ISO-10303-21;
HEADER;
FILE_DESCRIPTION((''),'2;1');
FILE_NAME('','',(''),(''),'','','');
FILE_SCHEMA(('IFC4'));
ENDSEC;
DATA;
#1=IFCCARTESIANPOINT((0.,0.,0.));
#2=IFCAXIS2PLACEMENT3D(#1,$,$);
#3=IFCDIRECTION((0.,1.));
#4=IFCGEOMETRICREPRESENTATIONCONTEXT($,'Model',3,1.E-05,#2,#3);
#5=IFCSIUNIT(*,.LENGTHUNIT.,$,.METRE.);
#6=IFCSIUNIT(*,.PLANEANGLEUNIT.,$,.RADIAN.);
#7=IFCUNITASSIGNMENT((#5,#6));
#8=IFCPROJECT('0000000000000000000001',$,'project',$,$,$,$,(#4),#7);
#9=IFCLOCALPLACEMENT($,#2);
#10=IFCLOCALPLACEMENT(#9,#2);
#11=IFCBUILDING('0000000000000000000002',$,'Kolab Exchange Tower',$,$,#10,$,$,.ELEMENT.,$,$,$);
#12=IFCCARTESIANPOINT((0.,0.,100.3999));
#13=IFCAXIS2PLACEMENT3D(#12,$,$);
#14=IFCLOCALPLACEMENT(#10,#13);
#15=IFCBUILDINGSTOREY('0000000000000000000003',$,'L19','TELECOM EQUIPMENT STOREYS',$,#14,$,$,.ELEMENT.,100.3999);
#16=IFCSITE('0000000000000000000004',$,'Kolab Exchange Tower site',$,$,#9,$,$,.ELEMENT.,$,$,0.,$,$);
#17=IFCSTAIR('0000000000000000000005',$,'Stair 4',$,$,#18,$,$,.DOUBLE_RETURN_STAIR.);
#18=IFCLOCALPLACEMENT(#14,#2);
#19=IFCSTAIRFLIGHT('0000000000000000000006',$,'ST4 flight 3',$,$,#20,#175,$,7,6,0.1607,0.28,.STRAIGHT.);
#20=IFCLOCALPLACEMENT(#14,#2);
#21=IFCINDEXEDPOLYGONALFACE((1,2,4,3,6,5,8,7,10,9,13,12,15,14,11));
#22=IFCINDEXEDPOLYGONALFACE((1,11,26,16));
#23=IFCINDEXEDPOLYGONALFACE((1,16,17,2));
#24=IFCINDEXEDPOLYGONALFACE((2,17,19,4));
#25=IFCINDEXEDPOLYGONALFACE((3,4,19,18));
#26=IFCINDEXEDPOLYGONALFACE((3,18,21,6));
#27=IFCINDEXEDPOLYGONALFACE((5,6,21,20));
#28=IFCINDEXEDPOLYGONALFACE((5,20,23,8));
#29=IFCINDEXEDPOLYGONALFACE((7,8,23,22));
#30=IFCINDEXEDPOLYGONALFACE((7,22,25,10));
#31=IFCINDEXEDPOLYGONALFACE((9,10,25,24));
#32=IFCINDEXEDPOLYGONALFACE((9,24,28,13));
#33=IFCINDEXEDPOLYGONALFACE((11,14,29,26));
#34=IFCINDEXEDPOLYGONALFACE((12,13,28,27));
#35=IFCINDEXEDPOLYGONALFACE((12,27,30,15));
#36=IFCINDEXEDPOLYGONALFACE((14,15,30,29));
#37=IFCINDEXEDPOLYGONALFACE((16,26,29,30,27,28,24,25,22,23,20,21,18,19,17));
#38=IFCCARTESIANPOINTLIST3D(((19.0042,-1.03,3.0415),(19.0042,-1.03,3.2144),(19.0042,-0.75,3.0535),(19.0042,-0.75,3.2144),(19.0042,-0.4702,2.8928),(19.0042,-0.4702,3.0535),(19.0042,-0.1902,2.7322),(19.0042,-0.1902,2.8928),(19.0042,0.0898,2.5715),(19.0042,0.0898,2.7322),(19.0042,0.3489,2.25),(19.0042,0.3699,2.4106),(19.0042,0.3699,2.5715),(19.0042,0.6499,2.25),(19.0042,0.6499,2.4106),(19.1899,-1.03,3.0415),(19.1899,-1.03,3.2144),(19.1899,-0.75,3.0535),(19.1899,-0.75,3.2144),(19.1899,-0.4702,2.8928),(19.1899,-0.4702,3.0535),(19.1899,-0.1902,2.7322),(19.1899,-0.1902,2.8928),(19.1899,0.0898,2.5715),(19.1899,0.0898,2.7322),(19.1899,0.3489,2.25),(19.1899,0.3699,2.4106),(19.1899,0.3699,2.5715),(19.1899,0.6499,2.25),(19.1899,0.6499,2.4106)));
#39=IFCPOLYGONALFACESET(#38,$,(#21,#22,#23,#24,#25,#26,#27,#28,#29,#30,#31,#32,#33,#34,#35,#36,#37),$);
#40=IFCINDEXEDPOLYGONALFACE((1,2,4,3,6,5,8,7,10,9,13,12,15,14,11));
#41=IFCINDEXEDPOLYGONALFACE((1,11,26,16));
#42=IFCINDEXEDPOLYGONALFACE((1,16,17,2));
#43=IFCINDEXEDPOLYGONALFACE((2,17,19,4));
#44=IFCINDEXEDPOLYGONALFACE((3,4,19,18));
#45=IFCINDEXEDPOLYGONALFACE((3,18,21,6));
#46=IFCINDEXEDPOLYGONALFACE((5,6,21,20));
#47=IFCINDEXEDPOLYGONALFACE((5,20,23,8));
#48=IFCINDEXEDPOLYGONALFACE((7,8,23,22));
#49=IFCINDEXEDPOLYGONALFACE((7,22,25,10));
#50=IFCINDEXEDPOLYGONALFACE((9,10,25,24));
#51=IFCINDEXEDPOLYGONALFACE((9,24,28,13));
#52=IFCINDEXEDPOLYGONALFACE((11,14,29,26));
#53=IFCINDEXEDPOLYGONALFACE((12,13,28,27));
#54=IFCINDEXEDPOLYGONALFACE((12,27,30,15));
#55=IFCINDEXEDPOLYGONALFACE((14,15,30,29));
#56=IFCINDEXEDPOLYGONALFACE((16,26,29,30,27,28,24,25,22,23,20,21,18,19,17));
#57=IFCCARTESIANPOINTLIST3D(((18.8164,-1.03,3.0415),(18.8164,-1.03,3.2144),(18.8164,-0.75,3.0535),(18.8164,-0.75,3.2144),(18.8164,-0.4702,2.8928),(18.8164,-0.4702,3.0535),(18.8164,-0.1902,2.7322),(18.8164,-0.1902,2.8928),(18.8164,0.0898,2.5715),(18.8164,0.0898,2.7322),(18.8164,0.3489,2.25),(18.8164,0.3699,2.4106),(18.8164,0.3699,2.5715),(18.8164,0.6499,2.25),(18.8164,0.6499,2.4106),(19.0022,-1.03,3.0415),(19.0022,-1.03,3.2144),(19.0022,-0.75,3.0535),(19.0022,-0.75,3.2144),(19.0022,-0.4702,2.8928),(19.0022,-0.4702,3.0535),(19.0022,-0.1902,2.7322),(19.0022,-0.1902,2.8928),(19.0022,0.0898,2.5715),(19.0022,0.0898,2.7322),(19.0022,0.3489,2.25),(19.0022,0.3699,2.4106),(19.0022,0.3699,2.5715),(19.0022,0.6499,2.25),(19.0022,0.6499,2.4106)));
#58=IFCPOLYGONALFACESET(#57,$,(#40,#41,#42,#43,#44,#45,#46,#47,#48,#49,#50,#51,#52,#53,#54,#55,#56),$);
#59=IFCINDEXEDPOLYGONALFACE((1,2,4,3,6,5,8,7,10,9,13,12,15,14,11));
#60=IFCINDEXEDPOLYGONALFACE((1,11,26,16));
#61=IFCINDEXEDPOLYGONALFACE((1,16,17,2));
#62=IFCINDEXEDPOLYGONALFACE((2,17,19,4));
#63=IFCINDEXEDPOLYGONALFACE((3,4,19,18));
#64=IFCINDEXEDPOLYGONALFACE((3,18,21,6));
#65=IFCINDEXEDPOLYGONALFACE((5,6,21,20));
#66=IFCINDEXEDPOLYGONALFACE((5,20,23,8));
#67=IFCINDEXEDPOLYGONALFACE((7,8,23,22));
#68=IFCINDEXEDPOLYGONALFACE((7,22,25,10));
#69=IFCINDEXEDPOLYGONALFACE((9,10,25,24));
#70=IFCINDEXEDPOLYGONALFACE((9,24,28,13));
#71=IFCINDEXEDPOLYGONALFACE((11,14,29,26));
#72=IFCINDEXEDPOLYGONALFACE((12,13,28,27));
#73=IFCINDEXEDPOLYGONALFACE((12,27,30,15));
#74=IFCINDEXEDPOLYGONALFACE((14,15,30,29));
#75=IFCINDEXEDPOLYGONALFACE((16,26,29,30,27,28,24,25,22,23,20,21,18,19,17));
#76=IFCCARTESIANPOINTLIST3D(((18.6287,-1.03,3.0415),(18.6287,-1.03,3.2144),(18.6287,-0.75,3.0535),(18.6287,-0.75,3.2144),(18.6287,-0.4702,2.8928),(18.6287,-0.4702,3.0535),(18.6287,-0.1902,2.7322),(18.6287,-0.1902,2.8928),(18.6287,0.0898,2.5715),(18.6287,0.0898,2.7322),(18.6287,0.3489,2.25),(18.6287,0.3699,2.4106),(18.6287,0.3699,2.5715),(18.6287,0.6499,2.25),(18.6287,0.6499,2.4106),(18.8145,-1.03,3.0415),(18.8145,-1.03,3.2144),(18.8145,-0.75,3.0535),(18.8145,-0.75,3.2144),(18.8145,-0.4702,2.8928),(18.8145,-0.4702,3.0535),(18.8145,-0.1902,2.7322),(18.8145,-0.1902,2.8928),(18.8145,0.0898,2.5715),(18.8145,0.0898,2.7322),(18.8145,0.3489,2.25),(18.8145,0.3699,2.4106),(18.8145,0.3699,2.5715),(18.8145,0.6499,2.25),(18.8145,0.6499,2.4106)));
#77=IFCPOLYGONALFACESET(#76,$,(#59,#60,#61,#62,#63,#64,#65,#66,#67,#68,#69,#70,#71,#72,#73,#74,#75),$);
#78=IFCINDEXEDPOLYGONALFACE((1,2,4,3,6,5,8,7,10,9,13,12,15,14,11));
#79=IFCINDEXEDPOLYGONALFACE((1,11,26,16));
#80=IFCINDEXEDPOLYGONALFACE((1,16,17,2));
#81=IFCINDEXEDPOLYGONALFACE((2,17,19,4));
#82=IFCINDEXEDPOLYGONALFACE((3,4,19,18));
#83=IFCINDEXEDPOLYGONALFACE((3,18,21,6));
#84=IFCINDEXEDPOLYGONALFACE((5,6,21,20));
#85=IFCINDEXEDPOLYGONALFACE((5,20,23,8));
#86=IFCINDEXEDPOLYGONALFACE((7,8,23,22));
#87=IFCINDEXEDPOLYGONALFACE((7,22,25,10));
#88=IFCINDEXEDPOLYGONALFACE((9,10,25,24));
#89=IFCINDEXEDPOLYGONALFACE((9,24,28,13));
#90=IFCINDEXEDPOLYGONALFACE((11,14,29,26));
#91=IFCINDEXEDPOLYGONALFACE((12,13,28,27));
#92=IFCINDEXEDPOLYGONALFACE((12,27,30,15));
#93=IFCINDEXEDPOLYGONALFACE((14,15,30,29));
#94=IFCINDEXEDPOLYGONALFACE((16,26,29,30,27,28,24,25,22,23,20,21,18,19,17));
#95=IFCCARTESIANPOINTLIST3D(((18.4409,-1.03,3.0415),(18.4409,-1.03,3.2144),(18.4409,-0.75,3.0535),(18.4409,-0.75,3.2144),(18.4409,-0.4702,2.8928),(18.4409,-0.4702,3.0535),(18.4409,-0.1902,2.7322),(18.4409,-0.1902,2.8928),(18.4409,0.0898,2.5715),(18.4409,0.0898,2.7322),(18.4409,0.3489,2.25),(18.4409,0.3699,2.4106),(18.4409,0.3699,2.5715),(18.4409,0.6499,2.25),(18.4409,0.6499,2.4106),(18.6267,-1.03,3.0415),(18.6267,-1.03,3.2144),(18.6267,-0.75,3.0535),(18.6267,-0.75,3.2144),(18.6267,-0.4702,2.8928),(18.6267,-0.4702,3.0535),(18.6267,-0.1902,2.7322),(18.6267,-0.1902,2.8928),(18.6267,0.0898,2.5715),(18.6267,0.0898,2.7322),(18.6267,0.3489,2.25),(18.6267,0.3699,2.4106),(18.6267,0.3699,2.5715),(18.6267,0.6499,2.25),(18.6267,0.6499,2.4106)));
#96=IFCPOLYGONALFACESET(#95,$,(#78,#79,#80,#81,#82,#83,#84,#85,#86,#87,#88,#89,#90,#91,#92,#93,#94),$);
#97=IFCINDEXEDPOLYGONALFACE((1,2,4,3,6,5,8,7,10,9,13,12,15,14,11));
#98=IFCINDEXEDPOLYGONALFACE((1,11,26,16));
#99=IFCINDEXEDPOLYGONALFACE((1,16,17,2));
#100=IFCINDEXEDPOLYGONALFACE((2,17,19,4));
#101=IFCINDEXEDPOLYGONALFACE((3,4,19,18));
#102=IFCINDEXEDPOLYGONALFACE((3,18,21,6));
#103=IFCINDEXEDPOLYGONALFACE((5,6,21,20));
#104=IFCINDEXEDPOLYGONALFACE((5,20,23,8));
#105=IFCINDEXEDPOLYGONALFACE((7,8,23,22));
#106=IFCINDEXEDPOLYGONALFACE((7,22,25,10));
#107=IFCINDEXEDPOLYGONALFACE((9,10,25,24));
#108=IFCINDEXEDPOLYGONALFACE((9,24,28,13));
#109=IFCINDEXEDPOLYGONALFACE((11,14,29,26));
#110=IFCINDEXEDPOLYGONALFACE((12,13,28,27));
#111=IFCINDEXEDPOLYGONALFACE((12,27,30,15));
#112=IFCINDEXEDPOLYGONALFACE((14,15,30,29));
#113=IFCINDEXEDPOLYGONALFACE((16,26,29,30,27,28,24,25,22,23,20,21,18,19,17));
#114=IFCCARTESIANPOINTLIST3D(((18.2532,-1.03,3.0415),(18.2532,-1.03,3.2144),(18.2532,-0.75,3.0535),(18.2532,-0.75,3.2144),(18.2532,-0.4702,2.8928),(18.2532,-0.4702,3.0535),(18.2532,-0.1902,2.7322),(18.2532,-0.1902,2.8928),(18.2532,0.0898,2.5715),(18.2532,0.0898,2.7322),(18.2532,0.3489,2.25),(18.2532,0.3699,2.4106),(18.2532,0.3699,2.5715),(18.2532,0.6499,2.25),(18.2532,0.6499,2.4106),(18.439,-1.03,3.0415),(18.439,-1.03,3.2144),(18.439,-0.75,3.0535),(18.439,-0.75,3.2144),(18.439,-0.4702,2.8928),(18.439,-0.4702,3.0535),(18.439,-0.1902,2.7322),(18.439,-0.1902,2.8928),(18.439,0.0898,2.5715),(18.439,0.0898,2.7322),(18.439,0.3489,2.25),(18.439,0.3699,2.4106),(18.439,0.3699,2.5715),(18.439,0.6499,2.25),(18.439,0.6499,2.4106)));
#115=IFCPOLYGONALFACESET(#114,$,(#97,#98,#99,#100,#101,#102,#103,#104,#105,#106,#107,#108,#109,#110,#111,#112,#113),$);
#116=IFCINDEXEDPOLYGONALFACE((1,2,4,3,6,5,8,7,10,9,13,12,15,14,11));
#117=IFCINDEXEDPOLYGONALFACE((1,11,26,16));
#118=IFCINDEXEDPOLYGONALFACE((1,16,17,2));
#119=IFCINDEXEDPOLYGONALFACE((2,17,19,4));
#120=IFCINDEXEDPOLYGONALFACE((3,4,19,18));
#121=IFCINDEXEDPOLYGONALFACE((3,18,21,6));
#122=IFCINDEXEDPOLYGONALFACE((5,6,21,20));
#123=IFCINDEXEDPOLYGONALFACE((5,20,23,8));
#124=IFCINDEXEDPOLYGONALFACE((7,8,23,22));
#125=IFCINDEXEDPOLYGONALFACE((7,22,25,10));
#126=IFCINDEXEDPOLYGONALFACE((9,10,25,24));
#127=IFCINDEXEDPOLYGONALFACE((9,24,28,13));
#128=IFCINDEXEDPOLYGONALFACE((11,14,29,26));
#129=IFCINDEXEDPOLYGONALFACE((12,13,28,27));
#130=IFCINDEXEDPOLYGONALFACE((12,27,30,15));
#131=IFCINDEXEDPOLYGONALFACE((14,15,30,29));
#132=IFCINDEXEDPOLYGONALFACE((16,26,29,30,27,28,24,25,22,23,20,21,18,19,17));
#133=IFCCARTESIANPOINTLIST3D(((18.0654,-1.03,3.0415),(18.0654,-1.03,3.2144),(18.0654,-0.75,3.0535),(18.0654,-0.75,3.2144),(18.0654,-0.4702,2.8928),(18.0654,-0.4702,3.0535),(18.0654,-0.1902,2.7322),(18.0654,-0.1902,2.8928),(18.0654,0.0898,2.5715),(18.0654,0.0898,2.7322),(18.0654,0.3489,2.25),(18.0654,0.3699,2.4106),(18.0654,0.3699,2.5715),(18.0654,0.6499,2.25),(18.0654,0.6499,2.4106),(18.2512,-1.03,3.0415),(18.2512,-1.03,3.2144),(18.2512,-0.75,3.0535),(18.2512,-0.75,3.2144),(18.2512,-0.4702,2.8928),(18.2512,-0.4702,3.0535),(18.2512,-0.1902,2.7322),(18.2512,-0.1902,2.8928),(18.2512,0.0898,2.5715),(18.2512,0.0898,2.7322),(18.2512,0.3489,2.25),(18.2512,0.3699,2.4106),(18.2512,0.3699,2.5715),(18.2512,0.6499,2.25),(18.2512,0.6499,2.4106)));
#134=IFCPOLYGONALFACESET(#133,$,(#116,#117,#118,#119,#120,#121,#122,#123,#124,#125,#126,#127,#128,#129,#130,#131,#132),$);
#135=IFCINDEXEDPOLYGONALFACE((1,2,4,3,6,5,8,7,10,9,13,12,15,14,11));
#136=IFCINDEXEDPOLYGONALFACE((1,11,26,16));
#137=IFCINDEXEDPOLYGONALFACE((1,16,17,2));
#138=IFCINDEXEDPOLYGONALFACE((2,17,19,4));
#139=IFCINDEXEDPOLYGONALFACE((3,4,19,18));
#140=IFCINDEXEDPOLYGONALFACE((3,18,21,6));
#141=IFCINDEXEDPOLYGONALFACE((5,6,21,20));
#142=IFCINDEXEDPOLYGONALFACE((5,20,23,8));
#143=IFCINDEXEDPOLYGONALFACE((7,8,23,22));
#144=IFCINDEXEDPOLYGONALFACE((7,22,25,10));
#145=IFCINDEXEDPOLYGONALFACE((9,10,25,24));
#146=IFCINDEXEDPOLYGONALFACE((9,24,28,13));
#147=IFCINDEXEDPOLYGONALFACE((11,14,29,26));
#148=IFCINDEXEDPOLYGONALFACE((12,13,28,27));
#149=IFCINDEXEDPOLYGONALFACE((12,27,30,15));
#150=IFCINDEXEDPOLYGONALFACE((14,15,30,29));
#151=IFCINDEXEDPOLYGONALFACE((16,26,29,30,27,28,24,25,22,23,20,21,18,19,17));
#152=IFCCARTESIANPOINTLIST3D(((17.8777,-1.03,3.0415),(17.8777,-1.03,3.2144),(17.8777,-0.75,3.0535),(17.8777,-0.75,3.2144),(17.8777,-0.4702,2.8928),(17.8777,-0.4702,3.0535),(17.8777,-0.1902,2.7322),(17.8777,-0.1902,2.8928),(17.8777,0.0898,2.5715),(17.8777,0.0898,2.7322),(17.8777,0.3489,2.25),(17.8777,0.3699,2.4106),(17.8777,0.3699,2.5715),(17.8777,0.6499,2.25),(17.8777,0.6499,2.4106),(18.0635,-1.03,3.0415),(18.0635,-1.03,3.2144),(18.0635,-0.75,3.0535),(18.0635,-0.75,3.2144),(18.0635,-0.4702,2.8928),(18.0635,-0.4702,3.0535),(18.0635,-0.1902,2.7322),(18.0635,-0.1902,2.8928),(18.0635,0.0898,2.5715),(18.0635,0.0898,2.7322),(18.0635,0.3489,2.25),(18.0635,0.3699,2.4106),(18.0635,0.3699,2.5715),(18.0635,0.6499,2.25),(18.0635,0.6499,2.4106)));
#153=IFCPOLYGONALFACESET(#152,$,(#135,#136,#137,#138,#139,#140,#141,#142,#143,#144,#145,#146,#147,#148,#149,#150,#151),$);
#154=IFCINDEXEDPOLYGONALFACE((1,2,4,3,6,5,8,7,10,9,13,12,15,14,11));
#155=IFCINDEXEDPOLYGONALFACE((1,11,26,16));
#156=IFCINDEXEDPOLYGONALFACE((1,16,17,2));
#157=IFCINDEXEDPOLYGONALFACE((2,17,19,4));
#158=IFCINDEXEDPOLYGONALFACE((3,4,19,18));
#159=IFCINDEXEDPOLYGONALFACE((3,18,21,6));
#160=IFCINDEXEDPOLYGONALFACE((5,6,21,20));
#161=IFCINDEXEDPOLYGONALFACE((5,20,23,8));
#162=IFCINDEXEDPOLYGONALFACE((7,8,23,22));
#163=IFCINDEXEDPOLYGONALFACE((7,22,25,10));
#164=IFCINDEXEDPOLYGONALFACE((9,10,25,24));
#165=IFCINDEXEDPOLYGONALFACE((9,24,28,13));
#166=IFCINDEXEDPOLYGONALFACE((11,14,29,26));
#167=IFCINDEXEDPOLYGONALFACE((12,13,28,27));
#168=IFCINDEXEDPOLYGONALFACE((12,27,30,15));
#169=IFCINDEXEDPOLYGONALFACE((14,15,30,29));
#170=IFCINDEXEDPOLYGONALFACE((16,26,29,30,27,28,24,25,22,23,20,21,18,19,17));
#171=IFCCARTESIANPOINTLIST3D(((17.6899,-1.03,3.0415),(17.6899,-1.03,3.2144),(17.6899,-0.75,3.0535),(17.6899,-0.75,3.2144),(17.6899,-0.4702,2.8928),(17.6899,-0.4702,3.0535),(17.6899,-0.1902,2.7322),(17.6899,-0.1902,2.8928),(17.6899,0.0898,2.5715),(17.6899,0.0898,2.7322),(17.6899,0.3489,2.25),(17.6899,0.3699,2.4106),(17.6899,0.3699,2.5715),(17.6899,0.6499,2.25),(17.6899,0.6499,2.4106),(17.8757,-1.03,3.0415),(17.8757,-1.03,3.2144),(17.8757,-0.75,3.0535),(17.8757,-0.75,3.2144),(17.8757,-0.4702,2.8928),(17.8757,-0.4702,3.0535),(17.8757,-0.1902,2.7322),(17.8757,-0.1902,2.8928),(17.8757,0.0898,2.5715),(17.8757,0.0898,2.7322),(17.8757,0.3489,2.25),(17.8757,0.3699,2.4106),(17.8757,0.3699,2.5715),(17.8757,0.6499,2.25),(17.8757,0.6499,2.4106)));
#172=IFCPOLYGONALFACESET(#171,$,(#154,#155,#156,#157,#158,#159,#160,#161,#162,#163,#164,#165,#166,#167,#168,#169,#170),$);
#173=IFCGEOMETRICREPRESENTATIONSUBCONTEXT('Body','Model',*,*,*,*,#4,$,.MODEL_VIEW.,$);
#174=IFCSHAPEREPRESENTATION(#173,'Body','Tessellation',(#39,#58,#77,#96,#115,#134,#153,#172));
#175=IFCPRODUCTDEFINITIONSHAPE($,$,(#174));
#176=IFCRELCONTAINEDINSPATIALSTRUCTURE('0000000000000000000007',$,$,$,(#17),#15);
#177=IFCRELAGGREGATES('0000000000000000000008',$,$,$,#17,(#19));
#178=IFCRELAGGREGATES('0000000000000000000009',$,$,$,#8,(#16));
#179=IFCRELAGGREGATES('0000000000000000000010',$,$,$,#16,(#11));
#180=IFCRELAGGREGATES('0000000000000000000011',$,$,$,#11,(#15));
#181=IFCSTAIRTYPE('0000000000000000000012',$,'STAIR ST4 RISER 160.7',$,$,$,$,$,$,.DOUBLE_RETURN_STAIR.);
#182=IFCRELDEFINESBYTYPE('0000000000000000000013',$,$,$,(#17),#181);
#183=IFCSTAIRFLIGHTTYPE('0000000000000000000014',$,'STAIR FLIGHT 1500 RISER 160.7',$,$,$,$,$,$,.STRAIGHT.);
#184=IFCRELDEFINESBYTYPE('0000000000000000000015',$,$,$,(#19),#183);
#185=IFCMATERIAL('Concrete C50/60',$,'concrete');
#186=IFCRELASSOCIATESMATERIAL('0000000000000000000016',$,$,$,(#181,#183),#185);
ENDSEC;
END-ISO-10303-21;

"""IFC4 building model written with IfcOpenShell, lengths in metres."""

from ifc_helpers import new_model, si_unit, direction, frame, origin, place, context, subcontext, project, spatial, polyline, outline, extrude, material, type_object, element, aggregate, save


model = new_model("IFC4")

# Units and contexts
model_context = context("Model", 3, precision=1e-05, world=origin(), true_north=direction((0.0, 1.0)))
body_context = subcontext(model_context, "Body", "Model", "MODEL_VIEW")
ifc_project = project(units=[si_unit("LENGTHUNIT", "METRE"), si_unit("PLANEANGLEUNIT", "RADIAN")], contexts=[model_context])

# Site, building, storey
site_placement = place(None, origin())
site = spatial("IfcSite", under=ifc_project, at=site_placement, Name="Kolab Exchange Tower site", CompositionType="ELEMENT", RefElevation=0.0)
building_placement = place(site_placement, origin())
building = spatial("IfcBuilding", under=site, at=building_placement, Name="Kolab Exchange Tower", CompositionType="ELEMENT")
storey_placement = place(building_placement, frame((0.0, 0.0, 100.3999)))
storey = spatial("IfcBuildingStorey", under=building, at=storey_placement, Name="L19", Description="TELECOM EQUIPMENT STOREYS", CompositionType="ELEMENT", Elevation=100.3999)

# Shared definitions
ifc_material_1 = material(Name="Concrete C50/60", Category="concrete")

# Stair, stair flight
stair_type = type_object("IfcStairType", Name="STAIR ST4 RISER 160.7", PredefinedType="DOUBLE_RETURN_STAIR", material=ifc_material_1)
stair_placement = place(storey_placement, origin())
stair = element("IfcStair", 1, at=stair_placement, inside=storey, type_object=stair_type, Name="Stair 4", PredefinedType="DOUBLE_RETURN_STAIR")
stair_flight_type = type_object("IfcStairFlightType", Name="STAIR FLIGHT 1500 RISER 160.7", PredefinedType="STRAIGHT", material=ifc_material_1)
stair_flight_1_placement = place(storey_placement, frame((18.4399, 0.6499, 2.25), z_axis=(0.0, 0.0, 1.0), x_axis=(0.0, -1.0, 0.0)))
stair_flight_1 = element("IfcStairFlight", 2, at=stair_flight_1_placement, type_object=stair_flight_type, Name="ST4 flight 3", NumberOfRisers=7, NumberOfTreads=6, PredefinedType="STRAIGHT", RiserHeight=0.1607, TreadLength=0.28, context=body_context, shape_type="SweptSolid", body=[
    extrude(outline(polyline([(0.0, 0.0), (0.0, 0.1606), (0.28, 0.1606), (0.28, 0.3215), (0.5601, 0.3215), (0.5601, 0.4822), (0.8401, 0.4822), (0.8401, 0.6428), (1.1201, 0.6428), (1.1201, 0.8035), (1.3999, 0.8035), (1.3999, 0.9644), (1.6799, 0.9644), (1.6799, 1.125), (1.6799, 0.7915), (0.301, 0.0), (0.0, 0.0)])), frame((0.0, 0.75, 0.0), z_axis=(0.0, -1.0, 0.0), x_axis=(1.0, 0.0, 0.0)), (0.0, 0.0, 1.0), 0.1858),
    extrude(outline(polyline([(0.0, 0.0), (0.0, 0.1606), (0.28, 0.1606), (0.28, 0.3215), (0.5601, 0.3215), (0.5601, 0.4822), (0.8401, 0.4822), (0.8401, 0.6428), (1.1201, 0.6428), (1.1201, 0.8035), (1.3999, 0.8035), (1.3999, 0.9644), (1.6799, 0.9644), (1.6799, 1.125), (1.6799, 0.7915), (0.301, 0.0), (0.0, 0.0)])), frame((0.0, 0.5623, 0.0), z_axis=(0.0, -1.0, 0.0), x_axis=(1.0, 0.0, 0.0)), (0.0, 0.0, 1.0), 0.1858),
    extrude(outline(polyline([(0.0, 0.0), (0.0, 0.1606), (0.28, 0.1606), (0.28, 0.3215), (0.5601, 0.3215), (0.5601, 0.4822), (0.8401, 0.4822), (0.8401, 0.6428), (1.1201, 0.6428), (1.1201, 0.8035), (1.3999, 0.8035), (1.3999, 0.9644), (1.6799, 0.9644), (1.6799, 1.125), (1.6799, 0.7915), (0.301, 0.0), (0.0, 0.0)])), frame((0.0, 0.3745, 0.0), z_axis=(0.0, -1.0, 0.0), x_axis=(1.0, 0.0, 0.0)), (0.0, 0.0, 1.0), 0.1858),
    extrude(outline(polyline([(0.0, 0.0), (0.0, 0.1606), (0.28, 0.1606), (0.28, 0.3215), (0.5601, 0.3215), (0.5601, 0.4822), (0.8401, 0.4822), (0.8401, 0.6428), (1.1201, 0.6428), (1.1201, 0.8035), (1.3999, 0.8035), (1.3999, 0.9644), (1.6799, 0.9644), (1.6799, 1.125), (1.6799, 0.7915), (0.301, 0.0), (0.0, 0.0)])), frame((0.0, 0.1868, 0.0), z_axis=(0.0, -1.0, 0.0), x_axis=(1.0, 0.0, 0.0)), (0.0, 0.0, 1.0), 0.1858),
    extrude(outline(polyline([(0.0, 0.0), (0.0, 0.1606), (0.28, 0.1606), (0.28, 0.3215), (0.5601, 0.3215), (0.5601, 0.4822), (0.8401, 0.4822), (0.8401, 0.6428), (1.1201, 0.6428), (1.1201, 0.8035), (1.3999, 0.8035), (1.3999, 0.9644), (1.6799, 0.9644), (1.6799, 1.125), (1.6799, 0.7915), (0.301, 0.0), (0.0, 0.0)])), frame((0.0, -0.001, 0.0), z_axis=(0.0, -1.0, 0.0), x_axis=(1.0, 0.0, 0.0)), (0.0, 0.0, 1.0), 0.1858),
    extrude(outline(polyline([(0.0, 0.0), (0.0, 0.1606), (0.28, 0.1606), (0.28, 0.3215), (0.5601, 0.3215), (0.5601, 0.4822), (0.8401, 0.4822), (0.8401, 0.6428), (1.1201, 0.6428), (1.1201, 0.8035), (1.3999, 0.8035), (1.3999, 0.9644), (1.6799, 0.9644), (1.6799, 1.125), (1.6799, 0.7915), (0.301, 0.0), (0.0, 0.0)])), frame((0.0, -0.1887, 0.0), z_axis=(0.0, -1.0, 0.0), x_axis=(1.0, 0.0, 0.0)), (0.0, 0.0, 1.0), 0.1858),
    extrude(outline(polyline([(0.0, 0.0), (0.0, 0.1606), (0.28, 0.1606), (0.28, 0.3215), (0.5601, 0.3215), (0.5601, 0.4822), (0.8401, 0.4822), (0.8401, 0.6428), (1.1201, 0.6428), (1.1201, 0.8035), (1.3999, 0.8035), (1.3999, 0.9644), (1.6799, 0.9644), (1.6799, 1.125), (1.6799, 0.7915), (0.301, 0.0), (0.0, 0.0)])), frame((0.0, -0.3765, 0.0), z_axis=(0.0, -1.0, 0.0), x_axis=(1.0, 0.0, 0.0)), (0.0, 0.0, 1.0), 0.1858),
    extrude(outline(polyline([(0.0, 0.0), (0.0, 0.1606), (0.28, 0.1606), (0.28, 0.3215), (0.5601, 0.3215), (0.5601, 0.4822), (0.8401, 0.4822), (0.8401, 0.6428), (1.1201, 0.6428), (1.1201, 0.8035), (1.3999, 0.8035), (1.3999, 0.9644), (1.6799, 0.9644), (1.6799, 1.125), (1.6799, 0.7915), (0.301, 0.0), (0.0, 0.0)])), frame((0.0, -0.5642, 0.0), z_axis=(0.0, -1.0, 0.0), x_axis=(1.0, 0.0, 0.0)), (0.0, 0.0, 1.0), 0.1858),
])
aggregate(stair, [stair_flight_1])

save(model, "model.ifc")
